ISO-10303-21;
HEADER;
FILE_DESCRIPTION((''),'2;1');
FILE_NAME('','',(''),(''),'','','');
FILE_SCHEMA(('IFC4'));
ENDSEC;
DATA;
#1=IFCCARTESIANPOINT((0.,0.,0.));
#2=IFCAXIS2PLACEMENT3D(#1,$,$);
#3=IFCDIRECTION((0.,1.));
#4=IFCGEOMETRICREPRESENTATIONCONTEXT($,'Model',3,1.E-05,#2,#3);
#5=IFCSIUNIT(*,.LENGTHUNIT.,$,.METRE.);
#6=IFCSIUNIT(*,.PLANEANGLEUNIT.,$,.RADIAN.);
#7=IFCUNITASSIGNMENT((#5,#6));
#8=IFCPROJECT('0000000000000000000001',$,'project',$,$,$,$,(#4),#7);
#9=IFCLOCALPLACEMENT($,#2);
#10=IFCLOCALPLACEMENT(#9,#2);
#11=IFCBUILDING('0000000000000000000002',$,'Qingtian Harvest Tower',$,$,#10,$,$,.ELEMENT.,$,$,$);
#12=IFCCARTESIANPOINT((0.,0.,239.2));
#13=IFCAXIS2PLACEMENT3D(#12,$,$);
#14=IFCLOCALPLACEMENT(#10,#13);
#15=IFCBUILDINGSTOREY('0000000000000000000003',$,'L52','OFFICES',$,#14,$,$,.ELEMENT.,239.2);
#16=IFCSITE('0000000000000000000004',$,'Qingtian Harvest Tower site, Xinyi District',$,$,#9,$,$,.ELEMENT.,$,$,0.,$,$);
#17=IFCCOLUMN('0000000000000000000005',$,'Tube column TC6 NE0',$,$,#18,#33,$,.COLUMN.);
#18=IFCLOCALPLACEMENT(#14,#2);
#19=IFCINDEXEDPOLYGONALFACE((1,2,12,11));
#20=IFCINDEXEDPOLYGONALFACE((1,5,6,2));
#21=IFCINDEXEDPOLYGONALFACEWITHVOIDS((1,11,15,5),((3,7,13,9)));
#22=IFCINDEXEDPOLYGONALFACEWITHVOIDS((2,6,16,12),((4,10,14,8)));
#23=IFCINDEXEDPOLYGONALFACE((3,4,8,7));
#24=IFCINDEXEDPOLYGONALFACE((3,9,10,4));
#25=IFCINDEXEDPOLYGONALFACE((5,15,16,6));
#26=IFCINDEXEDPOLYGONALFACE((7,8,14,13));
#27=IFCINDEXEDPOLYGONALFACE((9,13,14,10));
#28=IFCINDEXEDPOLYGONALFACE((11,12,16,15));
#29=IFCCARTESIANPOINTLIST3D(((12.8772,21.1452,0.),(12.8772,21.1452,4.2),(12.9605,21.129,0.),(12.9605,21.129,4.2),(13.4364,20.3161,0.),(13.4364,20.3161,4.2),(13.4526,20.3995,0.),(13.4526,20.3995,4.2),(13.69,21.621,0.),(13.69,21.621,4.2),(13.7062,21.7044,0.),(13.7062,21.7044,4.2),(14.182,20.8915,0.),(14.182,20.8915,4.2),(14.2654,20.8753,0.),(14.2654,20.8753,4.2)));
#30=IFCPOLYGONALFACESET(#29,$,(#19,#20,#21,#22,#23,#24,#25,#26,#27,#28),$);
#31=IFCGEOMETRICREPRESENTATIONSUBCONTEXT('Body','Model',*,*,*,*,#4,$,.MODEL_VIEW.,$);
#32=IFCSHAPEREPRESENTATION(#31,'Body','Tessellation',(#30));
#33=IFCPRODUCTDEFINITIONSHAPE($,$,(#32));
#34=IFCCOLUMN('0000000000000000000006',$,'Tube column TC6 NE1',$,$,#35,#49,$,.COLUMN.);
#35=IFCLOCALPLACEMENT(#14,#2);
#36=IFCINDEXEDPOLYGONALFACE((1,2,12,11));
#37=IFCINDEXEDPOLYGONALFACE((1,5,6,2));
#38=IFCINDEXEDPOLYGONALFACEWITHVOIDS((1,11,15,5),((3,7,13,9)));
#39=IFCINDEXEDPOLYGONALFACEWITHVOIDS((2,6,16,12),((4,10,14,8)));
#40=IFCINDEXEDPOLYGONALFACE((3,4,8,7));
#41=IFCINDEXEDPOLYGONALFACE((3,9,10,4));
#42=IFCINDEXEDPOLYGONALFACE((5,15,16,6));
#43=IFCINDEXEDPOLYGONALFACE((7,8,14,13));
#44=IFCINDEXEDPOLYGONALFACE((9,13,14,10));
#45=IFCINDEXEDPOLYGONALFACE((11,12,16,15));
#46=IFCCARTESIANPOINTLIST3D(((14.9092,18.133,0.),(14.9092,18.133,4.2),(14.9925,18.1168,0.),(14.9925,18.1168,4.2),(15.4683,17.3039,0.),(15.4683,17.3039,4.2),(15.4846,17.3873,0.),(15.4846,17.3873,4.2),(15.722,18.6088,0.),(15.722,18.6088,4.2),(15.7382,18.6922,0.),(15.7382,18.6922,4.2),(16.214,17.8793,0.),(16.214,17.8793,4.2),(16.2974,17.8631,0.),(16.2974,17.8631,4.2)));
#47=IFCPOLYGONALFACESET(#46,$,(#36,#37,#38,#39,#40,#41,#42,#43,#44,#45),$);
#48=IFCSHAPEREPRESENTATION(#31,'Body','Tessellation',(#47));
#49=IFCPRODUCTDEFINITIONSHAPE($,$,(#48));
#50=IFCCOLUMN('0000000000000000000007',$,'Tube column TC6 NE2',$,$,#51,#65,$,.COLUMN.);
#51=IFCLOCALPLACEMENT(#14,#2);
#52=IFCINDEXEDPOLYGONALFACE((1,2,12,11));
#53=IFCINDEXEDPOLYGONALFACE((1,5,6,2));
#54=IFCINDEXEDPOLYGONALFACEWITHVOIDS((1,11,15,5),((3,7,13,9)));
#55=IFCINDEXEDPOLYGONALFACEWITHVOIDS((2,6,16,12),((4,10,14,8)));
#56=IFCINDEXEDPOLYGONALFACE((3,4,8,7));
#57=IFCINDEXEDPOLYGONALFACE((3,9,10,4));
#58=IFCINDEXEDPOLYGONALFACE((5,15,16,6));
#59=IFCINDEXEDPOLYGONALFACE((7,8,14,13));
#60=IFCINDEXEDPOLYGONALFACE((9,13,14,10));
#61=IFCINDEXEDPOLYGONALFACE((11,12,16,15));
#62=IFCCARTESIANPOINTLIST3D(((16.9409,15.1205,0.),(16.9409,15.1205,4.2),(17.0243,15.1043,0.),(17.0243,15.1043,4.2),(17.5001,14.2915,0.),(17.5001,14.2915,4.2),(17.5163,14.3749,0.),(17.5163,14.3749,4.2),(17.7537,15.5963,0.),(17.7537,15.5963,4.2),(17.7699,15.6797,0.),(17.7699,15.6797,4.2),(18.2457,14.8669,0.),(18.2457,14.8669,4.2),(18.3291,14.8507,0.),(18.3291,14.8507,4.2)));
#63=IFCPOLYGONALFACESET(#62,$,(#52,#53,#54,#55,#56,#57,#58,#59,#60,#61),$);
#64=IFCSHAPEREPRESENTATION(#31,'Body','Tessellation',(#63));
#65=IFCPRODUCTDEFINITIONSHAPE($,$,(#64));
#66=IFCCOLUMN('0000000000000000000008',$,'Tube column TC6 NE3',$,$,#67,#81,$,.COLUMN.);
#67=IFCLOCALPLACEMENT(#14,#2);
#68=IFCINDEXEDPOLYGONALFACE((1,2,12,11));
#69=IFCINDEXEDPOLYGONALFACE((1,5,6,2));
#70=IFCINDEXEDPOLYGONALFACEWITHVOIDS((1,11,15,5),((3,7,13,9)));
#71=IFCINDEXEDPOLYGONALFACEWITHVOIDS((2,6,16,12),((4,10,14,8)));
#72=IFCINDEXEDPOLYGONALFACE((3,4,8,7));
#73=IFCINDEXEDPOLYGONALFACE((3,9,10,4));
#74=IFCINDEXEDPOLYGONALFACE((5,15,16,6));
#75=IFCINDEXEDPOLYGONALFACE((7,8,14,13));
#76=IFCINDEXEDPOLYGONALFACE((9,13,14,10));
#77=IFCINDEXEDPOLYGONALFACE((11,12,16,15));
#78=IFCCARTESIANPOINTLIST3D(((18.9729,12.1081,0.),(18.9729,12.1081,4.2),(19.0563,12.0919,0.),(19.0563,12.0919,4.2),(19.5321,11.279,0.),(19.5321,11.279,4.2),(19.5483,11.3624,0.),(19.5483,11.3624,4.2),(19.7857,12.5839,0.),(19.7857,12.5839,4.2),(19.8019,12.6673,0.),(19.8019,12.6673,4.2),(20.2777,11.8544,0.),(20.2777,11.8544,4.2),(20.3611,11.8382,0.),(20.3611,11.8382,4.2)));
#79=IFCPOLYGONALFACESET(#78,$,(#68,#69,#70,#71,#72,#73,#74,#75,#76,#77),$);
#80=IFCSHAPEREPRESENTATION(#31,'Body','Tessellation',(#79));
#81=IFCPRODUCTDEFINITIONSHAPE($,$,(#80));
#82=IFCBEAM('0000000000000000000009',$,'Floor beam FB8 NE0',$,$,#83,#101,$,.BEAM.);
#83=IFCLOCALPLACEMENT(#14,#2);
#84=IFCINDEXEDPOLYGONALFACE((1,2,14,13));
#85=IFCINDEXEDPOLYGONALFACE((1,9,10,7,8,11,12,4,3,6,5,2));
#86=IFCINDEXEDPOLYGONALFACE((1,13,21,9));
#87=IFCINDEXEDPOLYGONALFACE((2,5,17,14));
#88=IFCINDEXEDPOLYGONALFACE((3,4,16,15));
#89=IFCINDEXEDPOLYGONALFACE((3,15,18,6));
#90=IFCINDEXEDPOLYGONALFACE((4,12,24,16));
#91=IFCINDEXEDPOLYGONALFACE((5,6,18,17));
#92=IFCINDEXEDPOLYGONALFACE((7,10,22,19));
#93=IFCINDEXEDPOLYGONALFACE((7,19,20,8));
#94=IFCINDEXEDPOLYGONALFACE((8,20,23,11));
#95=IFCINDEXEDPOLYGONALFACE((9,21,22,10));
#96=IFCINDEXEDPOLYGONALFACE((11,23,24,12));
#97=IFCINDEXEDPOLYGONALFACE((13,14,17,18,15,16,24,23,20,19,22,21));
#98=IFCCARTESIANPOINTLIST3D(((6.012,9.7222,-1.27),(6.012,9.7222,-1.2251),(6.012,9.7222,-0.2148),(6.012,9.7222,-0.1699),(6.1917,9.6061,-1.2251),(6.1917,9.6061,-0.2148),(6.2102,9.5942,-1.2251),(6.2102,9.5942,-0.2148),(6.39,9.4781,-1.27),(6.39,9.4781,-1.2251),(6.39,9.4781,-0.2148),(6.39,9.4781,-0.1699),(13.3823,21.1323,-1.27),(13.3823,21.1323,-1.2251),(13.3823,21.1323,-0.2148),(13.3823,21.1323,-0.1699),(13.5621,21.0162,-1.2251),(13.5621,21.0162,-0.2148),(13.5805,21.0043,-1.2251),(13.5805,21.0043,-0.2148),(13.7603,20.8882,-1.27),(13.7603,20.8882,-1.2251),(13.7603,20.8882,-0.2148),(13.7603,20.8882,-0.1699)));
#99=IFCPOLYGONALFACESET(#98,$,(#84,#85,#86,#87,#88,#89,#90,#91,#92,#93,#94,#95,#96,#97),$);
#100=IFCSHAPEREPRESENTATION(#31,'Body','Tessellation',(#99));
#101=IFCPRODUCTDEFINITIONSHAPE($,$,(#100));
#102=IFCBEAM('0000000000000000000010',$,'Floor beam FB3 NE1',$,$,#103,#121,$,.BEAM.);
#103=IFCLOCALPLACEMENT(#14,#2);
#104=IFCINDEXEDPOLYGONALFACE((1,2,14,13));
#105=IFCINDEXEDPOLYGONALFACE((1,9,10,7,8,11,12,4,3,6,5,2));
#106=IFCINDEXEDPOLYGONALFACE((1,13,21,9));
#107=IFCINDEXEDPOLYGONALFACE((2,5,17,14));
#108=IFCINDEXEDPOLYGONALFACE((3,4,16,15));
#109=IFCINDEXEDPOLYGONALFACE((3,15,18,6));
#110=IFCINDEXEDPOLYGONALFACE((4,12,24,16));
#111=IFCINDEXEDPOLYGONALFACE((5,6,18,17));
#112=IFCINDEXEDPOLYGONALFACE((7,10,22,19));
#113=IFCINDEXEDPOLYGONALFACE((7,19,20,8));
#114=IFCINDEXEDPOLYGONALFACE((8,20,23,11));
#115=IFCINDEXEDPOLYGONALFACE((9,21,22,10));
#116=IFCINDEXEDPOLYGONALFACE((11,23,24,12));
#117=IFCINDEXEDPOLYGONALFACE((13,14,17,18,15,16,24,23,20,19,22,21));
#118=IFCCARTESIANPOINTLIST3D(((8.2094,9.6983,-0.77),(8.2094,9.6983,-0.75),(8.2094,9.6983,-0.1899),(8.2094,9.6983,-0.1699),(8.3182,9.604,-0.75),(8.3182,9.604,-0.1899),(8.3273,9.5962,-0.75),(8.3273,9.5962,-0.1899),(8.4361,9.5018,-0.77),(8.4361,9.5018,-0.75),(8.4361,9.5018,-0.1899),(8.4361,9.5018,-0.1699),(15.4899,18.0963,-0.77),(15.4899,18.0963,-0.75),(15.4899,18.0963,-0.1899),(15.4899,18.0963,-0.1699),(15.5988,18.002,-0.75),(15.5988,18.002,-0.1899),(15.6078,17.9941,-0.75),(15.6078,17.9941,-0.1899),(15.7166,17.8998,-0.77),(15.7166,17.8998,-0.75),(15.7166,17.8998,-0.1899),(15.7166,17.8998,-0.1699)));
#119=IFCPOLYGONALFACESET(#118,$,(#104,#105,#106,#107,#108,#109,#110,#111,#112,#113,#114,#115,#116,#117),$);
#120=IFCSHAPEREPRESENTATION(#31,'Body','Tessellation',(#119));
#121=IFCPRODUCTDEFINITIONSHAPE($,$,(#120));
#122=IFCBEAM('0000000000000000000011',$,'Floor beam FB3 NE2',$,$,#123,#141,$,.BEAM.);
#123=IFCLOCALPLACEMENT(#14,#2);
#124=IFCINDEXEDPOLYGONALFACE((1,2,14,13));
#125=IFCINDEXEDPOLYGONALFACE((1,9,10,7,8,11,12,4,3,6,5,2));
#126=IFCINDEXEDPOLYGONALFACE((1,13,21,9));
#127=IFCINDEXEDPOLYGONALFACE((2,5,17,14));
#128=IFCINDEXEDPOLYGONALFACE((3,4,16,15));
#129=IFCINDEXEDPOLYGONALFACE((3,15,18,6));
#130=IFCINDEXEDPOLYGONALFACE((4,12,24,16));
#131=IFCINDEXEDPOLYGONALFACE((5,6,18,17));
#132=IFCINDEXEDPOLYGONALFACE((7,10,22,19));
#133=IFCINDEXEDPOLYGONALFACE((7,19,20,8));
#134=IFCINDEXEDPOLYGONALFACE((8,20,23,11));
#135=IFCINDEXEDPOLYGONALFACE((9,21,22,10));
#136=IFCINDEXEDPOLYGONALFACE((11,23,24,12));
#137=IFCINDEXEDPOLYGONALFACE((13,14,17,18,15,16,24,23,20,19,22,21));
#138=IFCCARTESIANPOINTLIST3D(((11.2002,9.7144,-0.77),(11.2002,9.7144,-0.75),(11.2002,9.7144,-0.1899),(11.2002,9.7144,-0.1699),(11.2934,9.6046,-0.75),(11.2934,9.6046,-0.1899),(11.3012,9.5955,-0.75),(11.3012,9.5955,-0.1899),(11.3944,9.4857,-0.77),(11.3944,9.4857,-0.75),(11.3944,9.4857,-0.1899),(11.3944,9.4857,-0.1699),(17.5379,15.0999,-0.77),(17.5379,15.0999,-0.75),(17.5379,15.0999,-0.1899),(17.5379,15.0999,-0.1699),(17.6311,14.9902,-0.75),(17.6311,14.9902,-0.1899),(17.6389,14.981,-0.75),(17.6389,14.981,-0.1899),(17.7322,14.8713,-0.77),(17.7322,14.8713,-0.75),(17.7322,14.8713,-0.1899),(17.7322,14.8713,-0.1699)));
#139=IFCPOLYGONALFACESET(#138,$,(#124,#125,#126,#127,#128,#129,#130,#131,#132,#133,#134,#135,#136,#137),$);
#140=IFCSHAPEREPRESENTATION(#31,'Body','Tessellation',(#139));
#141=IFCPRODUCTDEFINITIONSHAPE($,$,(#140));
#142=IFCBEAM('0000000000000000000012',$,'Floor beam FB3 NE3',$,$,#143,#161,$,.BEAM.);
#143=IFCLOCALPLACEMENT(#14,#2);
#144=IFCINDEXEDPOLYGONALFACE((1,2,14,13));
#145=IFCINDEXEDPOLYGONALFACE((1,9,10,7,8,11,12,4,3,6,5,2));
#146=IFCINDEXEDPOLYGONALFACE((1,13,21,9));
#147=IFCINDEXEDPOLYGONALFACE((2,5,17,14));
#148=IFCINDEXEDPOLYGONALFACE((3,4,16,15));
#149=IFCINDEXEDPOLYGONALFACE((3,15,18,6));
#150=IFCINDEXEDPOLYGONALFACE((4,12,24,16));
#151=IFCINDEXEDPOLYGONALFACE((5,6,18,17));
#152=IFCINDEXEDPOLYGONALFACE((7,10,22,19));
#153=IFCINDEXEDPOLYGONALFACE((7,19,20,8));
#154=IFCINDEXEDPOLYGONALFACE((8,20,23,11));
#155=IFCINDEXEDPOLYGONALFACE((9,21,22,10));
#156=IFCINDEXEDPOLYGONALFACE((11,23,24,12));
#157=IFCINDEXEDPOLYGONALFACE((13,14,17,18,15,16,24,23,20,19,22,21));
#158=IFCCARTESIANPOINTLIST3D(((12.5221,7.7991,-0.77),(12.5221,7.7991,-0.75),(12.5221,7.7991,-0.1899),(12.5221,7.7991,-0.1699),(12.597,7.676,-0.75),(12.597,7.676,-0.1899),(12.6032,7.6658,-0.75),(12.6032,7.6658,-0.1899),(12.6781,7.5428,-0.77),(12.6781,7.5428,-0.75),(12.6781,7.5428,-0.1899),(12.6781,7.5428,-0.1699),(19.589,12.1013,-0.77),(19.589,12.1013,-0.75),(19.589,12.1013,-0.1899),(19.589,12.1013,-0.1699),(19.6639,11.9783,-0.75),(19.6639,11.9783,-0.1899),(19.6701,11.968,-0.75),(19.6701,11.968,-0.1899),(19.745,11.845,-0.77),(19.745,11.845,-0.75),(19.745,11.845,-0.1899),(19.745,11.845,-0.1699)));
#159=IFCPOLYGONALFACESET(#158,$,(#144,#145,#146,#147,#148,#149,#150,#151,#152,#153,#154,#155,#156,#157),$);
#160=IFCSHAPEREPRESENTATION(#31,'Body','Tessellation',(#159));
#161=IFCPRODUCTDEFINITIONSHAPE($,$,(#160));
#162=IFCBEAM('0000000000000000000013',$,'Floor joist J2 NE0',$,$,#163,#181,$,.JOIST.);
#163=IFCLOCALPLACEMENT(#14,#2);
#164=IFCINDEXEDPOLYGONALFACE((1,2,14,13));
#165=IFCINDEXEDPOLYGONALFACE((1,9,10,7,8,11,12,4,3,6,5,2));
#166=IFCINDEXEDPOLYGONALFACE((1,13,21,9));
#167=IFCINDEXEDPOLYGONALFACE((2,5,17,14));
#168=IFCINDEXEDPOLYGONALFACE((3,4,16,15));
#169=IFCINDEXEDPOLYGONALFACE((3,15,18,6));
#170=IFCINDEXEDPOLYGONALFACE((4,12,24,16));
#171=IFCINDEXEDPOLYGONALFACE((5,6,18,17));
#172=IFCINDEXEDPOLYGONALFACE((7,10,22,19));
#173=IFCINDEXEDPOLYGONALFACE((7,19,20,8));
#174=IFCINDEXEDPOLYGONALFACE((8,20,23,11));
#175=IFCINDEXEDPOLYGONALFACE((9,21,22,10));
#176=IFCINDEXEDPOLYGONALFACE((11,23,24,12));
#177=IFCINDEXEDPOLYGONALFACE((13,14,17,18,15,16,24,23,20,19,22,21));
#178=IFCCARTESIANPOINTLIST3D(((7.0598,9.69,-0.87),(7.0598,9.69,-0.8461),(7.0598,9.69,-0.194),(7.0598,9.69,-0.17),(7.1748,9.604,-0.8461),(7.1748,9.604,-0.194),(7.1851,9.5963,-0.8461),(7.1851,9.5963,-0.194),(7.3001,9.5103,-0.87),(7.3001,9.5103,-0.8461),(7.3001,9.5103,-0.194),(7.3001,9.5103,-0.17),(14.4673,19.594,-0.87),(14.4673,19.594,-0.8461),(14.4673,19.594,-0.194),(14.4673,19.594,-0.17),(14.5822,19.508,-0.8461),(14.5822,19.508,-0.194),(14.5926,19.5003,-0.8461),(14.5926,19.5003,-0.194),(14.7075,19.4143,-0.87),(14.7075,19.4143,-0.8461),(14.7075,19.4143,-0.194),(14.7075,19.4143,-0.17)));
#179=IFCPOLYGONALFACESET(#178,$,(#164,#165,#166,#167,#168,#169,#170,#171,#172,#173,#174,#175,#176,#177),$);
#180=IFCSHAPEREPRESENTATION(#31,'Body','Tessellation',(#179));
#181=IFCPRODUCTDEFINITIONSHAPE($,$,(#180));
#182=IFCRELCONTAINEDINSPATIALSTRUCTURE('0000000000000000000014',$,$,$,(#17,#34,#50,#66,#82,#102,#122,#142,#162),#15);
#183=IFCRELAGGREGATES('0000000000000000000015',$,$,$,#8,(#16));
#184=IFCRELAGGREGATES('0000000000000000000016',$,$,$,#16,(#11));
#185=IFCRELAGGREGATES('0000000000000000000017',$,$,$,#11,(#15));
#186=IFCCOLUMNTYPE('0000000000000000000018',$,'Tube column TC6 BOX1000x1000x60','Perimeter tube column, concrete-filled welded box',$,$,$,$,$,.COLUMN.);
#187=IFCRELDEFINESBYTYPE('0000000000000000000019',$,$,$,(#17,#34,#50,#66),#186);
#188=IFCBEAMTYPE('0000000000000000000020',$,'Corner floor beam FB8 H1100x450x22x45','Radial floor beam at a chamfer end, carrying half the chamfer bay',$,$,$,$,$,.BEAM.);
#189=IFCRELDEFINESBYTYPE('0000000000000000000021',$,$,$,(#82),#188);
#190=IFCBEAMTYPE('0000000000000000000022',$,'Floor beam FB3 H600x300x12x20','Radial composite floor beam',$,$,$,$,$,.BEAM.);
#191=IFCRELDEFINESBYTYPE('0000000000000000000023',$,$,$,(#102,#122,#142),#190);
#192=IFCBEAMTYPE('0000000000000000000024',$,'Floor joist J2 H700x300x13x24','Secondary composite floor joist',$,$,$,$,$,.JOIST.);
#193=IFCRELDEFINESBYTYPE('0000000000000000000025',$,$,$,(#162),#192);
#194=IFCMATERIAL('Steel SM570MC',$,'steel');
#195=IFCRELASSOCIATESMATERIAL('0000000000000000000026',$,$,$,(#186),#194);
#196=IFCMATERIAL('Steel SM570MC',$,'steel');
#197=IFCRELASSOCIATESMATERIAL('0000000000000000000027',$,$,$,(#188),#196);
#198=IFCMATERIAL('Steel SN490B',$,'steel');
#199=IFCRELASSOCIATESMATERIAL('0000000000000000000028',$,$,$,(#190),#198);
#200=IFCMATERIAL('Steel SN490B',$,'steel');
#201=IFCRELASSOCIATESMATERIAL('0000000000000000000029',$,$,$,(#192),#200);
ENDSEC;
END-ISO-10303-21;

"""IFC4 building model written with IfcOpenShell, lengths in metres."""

from ifc_helpers import new_model, si_unit, direction, frame, origin, origin_2d, place, context, subcontext, project, spatial, hollow_rectangle, i_section, extrude, material, material_profile, profile_set, type_object, element, save


model = new_model("IFC4")

# Units and contexts
model_context = context("Model", 3, precision=1e-05, world=origin(), true_north=direction((0.0, 1.0)))
body_context = subcontext(model_context, "Body", "Model", "MODEL_VIEW")
ifc_project = project(units=[si_unit("LENGTHUNIT", "METRE"), si_unit("PLANEANGLEUNIT", "RADIAN")], contexts=[model_context])

# Site, building, storey
site_placement = place(None, origin())
site = spatial("IfcSite", under=ifc_project, at=site_placement, Name="Qingtian Harvest Tower site, Xinyi District", CompositionType="ELEMENT", RefElevation=0.0)
building_placement = place(site_placement, origin())
building = spatial("IfcBuilding", under=site, at=building_placement, Name="Qingtian Harvest Tower", CompositionType="ELEMENT")
storey_placement = place(building_placement, frame((0.0, 0.0, 239.2)))
storey = spatial("IfcBuildingStorey", under=building, at=storey_placement, Name="L52", Description="OFFICES", CompositionType="ELEMENT", Elevation=239.2)

# Columns
ifc_material_1 = material(Name="Steel SM570MC", Category="steel")
ifc_material_profile_1 = material_profile(ifc_material_1, hollow_rectangle(XDim=1.0, YDim=1.0, WallThickness=0.0601, at=origin_2d()), Name="BOX1000x1000x60")
ifc_profile_set_1 = profile_set([ifc_material_profile_1], Name="Steel SM570MC")
column_type = type_object("IfcColumnType", Name="Tube column TC6 BOX1000x1000x60", Description="Perimeter tube column, concrete-filled welded box", PredefinedType="COLUMN", material=ifc_profile_set_1)
for number, where, z_axis, x_axis, name in (
    (1, (13.5713, 21.0103, 0.0), (0.0, 0.0, 1.0), (-0.559193, 0.829038, 0.0), "Tube column TC6 NE0"),
    (2, (15.6033, 17.998, 0.0), (0.0, 0.0, 1.0), (-0.559193, 0.829038, 0.0), "Tube column TC6 NE1"),
    (3, (17.635, 14.9856, 0.0), (0.0, 0.0, 1.0), (-0.559193, 0.829038, 0.0), "Tube column TC6 NE2"),
    (4, (19.667, 11.9731, 0.0), (0.0, 0.0, 1.0), (-0.559193, 0.829038, 0.0), "Tube column TC6 NE3"),
):
    element("IfcColumn", number, at=place(storey_placement, frame(where, z_axis=z_axis, x_axis=x_axis)), inside=storey, type_object=column_type, Name=name, PredefinedType="COLUMN", context=body_context, shape_type="SweptSolid", body=[
        extrude(hollow_rectangle(XDim=1.0, YDim=1.0, WallThickness=0.0601, at=origin_2d()), origin(), (0.0, 0.0, 1.0), 4.2),
    ])

# Beams
ifc_material_2 = material(Name="Steel SM570MC", Category="steel")
ifc_material_profile_2 = material_profile(ifc_material_2, i_section(OverallWidth=0.45, OverallDepth=1.1001, WebThickness=0.022, FlangeThickness=0.0449, at=origin_2d()), Name="H1100x450x22x45")
ifc_profile_set_2 = profile_set([ifc_material_profile_2], Name="Steel SM570MC")
beam_type_1 = type_object("IfcBeamType", Name="Corner floor beam FB8 H1100x450x22x45", Description="Radial floor beam at a chamfer end, carrying half the chamfer bay", PredefinedType="BEAM", material=ifc_profile_set_2)
beam_1_placement = place(storey_placement, frame((13.5713, 21.0103, -0.72), z_axis=(-0.542593, -0.839996, 0.0), x_axis=(0.839996, -0.542593, 0.0)))
element("IfcBeam", 5, at=beam_1_placement, inside=storey, type_object=beam_type_1, Name="Floor beam FB8 NE0", PredefinedType="BEAM", context=body_context, shape_type="SweptSolid", body=[
    extrude(i_section(OverallWidth=0.45, OverallDepth=1.1001, WebThickness=0.022, FlangeThickness=0.0449, at=origin_2d()), origin(), (0.0, 0.0, 1.0), 13.5835),
])
ifc_material_3 = material(Name="Steel SN490B", Category="steel")
ifc_material_profile_3 = material_profile(ifc_material_3, i_section(OverallWidth=0.3, OverallDepth=0.6001, WebThickness=0.012, FlangeThickness=0.02, at=origin_2d()), Name="H600x300x12x20")
ifc_profile_set_3 = profile_set([ifc_material_profile_3], Name="Steel SN490B")
beam_type_2 = type_object("IfcBeamType", Name="Floor beam FB3 H600x300x12x20", Description="Radial composite floor beam", PredefinedType="BEAM", material=ifc_profile_set_3)
beam_2_placement = place(storey_placement, frame((15.6033, 17.998, -0.47), z_axis=(-0.655048, -0.755587, 0.0), x_axis=(0.755587, -0.655048, 0.0)))
element("IfcBeam", 6, at=beam_2_placement, inside=storey, type_object=beam_type_2, Name="Floor beam FB3 NE1", PredefinedType="BEAM", context=body_context, shape_type="SweptSolid", body=[
    extrude(i_section(OverallWidth=0.3, OverallDepth=0.6001, WebThickness=0.012, FlangeThickness=0.02, at=origin_2d()), origin(), (0.0, 0.0, 1.0), 11.1145),
])
beam_3_placement = place(storey_placement, frame((17.635, 14.9856, -0.47), z_axis=(-0.762028, -0.647544, 0.0), x_axis=(0.647544, -0.762028, 0.0)))
element("IfcBeam", 7, at=beam_3_placement, inside=storey, type_object=beam_type_2, Name="Floor beam FB3 NE2", PredefinedType="BEAM", context=body_context, shape_type="SweptSolid", body=[
    extrude(i_section(OverallWidth=0.3, OverallDepth=0.6001, WebThickness=0.012, FlangeThickness=0.02, at=origin_2d()), origin(), (0.0, 0.0, 1.0), 8.3169),
])
beam_4_placement = place(storey_placement, frame((19.667, 11.9731, -0.47), z_axis=(-0.854163, -0.520005, 0.0), x_axis=(0.520005, -0.854163, 0.0)))
element("IfcBeam", 8, at=beam_4_placement, inside=storey, type_object=beam_type_2, Name="Floor beam FB3 NE3", PredefinedType="BEAM", context=body_context, shape_type="SweptSolid", body=[
    extrude(i_section(OverallWidth=0.3, OverallDepth=0.6001, WebThickness=0.012, FlangeThickness=0.02, at=origin_2d()), origin(), (0.0, 0.0, 1.0), 8.2734),
])
ifc_material_4 = material(Name="Steel SN490B", Category="steel")
ifc_material_profile_4 = material_profile(ifc_material_4, i_section(OverallWidth=0.3, OverallDepth=0.7, WebThickness=0.0129, FlangeThickness=0.0239, at=origin_2d()), Name="H700x300x13x24")
ifc_profile_set_4 = profile_set([ifc_material_profile_4], Name="Steel SN490B")
beam_type_3 = type_object("IfcBeamType", Name="Floor joist J2 H700x300x13x24", Description="Secondary composite floor joist", PredefinedType="JOIST", material=ifc_profile_set_4)
beam_5_placement = place(storey_placement, frame((14.5874, 19.5042, -0.52), z_axis=(-0.598935, -0.800798, 0.0), x_axis=(0.800798, -0.598935, 0.0)))
element("IfcBeam", 9, at=beam_5_placement, inside=storey, type_object=beam_type_3, Name="Floor joist J2 NE0", PredefinedType="JOIST", context=body_context, shape_type="SweptSolid", body=[
    extrude(i_section(OverallWidth=0.3, OverallDepth=0.7, WebThickness=0.0129, FlangeThickness=0.0239, at=origin_2d()), origin(), (0.0, 0.0, 1.0), 12.3677),
])

save(model, "model.ifc")
